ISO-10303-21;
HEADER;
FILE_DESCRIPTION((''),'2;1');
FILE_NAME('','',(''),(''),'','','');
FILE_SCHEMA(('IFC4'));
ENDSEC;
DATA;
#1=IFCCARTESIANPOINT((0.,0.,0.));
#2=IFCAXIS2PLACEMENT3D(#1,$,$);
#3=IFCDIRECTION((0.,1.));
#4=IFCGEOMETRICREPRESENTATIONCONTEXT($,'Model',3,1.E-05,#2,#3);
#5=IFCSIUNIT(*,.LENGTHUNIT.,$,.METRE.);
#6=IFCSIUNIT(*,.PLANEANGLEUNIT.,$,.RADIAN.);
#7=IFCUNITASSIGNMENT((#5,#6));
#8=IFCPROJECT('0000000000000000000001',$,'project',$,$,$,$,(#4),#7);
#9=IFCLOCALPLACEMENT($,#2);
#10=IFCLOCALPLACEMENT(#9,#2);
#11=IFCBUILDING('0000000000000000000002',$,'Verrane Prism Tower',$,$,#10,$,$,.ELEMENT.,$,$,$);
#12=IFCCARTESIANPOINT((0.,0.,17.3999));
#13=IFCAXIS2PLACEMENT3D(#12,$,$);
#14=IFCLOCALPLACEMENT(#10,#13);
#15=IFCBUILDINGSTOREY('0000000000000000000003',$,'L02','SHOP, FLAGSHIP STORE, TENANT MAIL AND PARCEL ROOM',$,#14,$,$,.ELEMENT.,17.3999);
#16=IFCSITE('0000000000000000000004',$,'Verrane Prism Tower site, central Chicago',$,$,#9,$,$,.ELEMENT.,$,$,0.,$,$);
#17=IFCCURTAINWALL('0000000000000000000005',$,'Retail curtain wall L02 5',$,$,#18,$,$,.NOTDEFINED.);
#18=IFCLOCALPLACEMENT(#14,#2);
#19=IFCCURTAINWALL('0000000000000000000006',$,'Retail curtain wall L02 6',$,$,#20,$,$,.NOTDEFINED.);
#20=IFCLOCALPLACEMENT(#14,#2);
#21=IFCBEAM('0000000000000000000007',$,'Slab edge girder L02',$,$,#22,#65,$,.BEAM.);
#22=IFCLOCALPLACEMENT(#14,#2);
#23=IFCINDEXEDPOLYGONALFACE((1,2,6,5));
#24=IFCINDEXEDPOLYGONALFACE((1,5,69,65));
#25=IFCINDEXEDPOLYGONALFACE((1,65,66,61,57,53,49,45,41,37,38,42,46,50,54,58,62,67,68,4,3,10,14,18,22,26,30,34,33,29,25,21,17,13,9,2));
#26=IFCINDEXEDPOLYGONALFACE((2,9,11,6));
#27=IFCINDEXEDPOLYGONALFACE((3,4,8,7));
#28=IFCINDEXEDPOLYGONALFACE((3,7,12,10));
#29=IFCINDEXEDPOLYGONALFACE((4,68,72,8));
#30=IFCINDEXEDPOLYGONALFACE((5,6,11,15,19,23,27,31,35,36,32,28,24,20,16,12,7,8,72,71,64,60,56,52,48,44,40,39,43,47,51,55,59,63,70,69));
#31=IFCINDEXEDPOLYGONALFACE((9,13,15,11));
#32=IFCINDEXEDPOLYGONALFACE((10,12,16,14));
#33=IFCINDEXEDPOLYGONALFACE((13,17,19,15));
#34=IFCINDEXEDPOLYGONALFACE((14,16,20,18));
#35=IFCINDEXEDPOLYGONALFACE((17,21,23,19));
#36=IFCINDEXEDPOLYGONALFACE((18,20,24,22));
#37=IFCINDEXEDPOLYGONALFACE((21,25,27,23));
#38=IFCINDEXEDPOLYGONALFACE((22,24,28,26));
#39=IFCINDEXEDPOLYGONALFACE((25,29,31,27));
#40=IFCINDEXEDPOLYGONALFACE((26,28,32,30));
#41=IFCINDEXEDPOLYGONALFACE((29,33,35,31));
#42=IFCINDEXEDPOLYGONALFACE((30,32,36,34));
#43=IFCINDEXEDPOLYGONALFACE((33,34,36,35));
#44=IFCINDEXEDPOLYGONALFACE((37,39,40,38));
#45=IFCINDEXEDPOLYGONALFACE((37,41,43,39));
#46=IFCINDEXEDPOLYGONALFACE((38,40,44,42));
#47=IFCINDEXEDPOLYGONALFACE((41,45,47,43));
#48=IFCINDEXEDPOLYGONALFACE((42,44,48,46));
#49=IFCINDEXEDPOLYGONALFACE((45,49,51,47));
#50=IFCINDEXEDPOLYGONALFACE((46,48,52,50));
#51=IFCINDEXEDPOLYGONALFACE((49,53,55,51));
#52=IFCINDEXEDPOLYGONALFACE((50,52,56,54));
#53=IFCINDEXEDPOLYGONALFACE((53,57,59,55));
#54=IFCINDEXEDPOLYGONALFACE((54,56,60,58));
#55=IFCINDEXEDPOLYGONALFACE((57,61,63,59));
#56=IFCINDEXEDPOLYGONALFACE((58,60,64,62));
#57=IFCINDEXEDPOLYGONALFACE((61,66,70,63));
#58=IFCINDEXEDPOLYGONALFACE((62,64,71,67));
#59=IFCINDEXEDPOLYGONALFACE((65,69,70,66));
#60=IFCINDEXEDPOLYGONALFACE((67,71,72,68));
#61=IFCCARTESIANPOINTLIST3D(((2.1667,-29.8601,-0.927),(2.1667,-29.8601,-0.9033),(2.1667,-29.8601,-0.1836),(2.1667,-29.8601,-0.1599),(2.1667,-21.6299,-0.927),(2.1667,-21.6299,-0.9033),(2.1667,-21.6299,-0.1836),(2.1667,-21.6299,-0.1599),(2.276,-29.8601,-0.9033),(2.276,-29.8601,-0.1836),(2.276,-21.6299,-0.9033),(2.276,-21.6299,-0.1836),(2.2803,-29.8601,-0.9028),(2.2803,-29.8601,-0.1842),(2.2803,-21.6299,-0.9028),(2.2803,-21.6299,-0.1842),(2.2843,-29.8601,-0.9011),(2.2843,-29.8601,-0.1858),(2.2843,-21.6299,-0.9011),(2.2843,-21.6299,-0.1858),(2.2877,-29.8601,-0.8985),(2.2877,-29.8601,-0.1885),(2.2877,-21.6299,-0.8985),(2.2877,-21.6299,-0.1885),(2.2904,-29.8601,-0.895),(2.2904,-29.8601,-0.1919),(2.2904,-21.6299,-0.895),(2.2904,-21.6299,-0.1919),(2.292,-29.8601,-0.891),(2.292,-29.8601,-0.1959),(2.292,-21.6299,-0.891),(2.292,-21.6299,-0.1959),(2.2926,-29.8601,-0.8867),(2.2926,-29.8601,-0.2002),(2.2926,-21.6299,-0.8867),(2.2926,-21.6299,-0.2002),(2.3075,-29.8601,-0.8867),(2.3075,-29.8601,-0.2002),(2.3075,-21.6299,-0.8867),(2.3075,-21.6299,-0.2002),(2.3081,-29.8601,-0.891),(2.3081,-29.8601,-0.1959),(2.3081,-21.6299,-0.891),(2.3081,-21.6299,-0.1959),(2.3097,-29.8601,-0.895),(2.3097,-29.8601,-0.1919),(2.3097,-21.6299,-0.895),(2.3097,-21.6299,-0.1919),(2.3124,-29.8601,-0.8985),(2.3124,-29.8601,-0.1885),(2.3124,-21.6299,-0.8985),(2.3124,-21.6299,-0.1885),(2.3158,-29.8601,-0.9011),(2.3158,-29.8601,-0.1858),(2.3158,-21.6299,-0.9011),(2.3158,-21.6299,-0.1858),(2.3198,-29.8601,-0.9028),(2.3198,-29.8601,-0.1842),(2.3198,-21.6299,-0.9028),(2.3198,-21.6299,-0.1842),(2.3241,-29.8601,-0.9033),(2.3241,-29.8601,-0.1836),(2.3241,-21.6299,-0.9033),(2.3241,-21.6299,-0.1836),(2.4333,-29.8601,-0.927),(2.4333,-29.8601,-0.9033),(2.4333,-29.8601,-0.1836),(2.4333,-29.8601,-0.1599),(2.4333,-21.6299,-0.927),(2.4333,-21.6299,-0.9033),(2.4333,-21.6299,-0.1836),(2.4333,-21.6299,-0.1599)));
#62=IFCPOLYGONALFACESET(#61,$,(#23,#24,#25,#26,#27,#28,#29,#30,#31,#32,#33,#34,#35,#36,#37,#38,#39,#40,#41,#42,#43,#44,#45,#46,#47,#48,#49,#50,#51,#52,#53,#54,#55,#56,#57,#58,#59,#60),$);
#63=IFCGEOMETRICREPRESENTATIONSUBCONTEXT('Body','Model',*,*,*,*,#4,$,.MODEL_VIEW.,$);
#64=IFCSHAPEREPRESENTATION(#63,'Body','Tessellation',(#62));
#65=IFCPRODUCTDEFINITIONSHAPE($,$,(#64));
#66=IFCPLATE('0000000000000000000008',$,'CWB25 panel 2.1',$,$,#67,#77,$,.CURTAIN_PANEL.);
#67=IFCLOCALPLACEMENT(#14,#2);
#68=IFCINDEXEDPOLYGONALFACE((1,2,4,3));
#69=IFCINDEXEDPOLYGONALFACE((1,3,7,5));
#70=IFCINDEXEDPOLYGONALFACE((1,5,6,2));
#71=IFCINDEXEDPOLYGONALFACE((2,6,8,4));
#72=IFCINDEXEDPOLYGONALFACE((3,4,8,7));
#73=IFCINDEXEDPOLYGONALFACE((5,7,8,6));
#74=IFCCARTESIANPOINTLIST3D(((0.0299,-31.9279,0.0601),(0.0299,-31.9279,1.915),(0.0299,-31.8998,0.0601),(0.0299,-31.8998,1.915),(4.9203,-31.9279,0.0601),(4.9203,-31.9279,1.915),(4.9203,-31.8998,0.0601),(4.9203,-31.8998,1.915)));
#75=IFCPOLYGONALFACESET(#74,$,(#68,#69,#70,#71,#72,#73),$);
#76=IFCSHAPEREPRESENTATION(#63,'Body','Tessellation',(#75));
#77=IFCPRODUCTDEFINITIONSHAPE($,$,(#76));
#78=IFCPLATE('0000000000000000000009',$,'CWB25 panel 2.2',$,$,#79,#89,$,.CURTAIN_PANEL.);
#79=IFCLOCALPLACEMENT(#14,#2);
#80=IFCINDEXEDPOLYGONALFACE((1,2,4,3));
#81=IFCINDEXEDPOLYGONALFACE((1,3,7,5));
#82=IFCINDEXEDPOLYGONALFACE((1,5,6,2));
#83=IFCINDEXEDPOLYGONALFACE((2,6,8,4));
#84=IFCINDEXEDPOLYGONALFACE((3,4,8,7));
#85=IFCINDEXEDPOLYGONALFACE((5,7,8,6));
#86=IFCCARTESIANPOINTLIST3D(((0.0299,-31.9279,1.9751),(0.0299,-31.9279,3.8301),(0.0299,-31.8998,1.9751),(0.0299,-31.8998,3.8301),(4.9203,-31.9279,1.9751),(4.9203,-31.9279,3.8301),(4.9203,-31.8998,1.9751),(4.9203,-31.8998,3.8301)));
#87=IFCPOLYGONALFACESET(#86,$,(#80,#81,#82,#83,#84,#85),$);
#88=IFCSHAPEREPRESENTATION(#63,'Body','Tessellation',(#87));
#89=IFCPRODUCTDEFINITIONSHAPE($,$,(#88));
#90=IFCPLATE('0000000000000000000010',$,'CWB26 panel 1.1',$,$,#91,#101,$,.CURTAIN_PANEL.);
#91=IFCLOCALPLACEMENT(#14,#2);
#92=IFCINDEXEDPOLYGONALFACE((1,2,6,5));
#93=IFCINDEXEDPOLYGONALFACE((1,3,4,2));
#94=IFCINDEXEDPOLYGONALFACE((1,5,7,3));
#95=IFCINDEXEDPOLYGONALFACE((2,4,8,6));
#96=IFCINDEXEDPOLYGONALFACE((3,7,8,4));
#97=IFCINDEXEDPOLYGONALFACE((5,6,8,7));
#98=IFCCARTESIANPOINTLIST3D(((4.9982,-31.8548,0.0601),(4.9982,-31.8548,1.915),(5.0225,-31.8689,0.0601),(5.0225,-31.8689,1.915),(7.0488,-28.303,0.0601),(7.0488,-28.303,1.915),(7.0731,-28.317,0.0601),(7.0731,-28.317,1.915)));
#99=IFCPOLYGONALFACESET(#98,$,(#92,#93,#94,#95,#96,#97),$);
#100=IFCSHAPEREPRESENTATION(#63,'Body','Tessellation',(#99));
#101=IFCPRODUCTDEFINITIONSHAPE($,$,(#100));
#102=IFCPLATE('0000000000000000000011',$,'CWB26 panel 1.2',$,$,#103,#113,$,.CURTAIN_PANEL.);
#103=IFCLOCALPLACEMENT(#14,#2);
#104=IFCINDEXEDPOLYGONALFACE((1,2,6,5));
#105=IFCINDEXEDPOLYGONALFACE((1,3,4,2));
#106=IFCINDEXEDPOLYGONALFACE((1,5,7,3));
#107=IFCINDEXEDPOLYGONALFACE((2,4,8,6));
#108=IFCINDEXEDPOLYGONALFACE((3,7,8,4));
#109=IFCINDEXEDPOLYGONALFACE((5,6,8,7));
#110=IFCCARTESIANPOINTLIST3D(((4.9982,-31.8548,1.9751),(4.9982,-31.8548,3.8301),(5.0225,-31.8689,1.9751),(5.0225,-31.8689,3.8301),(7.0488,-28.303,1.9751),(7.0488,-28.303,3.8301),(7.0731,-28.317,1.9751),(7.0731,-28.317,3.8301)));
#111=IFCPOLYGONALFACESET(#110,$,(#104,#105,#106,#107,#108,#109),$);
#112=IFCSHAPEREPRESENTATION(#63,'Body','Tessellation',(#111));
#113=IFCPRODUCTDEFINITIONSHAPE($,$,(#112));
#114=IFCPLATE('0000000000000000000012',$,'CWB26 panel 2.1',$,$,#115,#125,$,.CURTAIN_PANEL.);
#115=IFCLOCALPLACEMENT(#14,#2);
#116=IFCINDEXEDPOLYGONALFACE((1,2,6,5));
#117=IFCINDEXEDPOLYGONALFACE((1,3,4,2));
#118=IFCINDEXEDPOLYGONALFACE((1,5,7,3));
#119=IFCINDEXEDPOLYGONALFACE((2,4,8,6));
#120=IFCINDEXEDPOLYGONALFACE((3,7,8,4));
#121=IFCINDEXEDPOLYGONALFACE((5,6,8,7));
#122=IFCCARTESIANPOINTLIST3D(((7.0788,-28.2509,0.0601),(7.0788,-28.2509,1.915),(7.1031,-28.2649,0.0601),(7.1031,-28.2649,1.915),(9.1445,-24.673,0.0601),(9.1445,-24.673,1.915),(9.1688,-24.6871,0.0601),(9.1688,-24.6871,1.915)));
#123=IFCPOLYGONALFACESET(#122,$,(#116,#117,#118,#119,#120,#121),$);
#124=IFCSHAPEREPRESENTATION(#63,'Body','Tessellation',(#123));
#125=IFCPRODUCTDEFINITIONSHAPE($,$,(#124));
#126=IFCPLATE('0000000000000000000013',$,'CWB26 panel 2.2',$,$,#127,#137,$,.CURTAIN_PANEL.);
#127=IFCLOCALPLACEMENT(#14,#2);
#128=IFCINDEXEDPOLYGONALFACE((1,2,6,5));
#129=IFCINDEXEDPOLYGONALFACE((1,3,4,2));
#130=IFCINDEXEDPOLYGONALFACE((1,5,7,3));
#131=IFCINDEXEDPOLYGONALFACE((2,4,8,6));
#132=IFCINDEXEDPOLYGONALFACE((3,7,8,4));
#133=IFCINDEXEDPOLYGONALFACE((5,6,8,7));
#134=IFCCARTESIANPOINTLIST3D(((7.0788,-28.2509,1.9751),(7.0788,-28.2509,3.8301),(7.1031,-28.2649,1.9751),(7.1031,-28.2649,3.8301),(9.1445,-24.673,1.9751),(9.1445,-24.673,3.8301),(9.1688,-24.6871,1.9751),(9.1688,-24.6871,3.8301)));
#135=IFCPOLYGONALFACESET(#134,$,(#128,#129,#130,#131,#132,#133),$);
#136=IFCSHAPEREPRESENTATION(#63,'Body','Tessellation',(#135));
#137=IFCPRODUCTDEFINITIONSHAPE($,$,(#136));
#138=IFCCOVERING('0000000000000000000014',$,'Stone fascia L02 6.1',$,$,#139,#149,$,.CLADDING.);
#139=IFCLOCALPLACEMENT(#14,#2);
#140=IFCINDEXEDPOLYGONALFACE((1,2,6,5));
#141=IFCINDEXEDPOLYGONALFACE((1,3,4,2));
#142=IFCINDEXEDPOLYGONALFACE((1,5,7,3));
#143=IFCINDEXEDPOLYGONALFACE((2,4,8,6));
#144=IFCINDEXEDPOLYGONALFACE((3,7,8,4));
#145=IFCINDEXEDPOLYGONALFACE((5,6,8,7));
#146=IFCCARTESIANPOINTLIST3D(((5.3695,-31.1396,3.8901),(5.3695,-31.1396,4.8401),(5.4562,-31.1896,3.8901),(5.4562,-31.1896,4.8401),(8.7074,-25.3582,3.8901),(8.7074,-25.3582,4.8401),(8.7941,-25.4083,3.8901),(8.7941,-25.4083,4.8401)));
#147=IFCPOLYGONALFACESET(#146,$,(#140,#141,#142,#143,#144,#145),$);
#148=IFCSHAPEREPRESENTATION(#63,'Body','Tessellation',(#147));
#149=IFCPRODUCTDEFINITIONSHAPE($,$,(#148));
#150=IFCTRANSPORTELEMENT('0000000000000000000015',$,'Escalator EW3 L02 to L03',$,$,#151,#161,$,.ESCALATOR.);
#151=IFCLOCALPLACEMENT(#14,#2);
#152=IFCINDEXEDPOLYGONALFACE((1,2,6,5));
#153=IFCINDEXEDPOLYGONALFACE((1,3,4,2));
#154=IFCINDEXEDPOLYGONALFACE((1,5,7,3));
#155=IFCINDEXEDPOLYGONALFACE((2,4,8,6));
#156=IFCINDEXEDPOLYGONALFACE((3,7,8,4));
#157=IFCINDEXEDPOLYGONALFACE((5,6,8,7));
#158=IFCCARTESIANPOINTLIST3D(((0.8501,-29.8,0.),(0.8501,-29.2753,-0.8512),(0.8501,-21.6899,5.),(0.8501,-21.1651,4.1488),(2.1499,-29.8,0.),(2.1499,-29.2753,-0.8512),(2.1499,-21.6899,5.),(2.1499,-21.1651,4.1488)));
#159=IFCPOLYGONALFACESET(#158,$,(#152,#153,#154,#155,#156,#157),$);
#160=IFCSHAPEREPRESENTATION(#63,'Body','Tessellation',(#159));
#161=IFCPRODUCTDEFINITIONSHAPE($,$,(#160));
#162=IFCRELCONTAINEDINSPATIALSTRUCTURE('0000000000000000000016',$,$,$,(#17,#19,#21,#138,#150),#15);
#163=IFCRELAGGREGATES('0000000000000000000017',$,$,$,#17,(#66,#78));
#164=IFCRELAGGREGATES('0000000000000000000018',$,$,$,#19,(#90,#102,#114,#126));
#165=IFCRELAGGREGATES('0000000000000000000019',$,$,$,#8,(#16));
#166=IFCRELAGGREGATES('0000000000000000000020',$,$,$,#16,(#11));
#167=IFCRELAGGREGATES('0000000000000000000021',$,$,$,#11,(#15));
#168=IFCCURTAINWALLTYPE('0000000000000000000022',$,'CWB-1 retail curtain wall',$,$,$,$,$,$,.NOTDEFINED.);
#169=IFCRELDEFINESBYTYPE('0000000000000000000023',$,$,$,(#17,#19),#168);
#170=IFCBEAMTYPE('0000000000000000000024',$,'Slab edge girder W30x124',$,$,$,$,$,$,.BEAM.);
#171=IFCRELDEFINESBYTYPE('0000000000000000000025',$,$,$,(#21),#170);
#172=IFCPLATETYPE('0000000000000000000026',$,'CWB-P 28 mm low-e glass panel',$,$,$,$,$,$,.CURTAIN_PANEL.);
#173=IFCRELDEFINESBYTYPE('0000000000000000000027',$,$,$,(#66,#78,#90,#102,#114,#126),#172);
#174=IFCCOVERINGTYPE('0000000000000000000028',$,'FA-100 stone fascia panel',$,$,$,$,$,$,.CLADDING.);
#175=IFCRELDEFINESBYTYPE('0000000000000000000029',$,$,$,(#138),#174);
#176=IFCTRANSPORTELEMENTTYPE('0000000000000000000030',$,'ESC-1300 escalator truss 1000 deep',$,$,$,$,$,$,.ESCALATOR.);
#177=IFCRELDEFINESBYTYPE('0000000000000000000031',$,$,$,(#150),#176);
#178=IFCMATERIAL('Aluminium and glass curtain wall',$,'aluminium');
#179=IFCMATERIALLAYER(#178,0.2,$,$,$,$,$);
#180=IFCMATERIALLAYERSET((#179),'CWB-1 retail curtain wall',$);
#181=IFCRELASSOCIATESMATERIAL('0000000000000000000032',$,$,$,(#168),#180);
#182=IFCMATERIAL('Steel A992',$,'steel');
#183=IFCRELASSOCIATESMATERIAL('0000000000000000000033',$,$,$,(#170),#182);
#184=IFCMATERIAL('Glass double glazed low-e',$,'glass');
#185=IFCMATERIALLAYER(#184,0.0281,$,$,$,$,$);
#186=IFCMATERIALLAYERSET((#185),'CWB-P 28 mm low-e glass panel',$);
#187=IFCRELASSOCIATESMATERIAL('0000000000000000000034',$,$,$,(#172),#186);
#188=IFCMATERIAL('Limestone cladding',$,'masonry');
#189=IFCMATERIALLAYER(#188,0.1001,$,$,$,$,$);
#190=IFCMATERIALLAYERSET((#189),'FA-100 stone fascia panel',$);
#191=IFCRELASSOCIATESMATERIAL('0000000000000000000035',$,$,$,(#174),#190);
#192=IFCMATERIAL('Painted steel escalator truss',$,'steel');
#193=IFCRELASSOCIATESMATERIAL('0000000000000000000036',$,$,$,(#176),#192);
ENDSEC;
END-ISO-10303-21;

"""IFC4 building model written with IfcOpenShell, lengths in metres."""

from ifc_helpers import new_model, si_unit, direction, frame, origin, origin_2d, place, context, subcontext, project, spatial, polyline, rectangle, i_section, outline, extrude, material, layer, layer_set, material_profile, profile_set, type_object, element, aggregate, save


model = new_model("IFC4")

# Units and contexts
model_context = context("Model", 3, precision=1e-05, world=origin(), true_north=direction((0.0, 1.0)))
body_context = subcontext(model_context, "Body", "Model", "MODEL_VIEW")
ifc_project = project(units=[si_unit("LENGTHUNIT", "METRE"), si_unit("PLANEANGLEUNIT", "RADIAN")], contexts=[model_context])

# Site, building, storey
site_placement = place(None, origin())
site = spatial("IfcSite", under=ifc_project, at=site_placement, Name="Verrane Prism Tower site, central Chicago", CompositionType="ELEMENT", RefElevation=0.0)
building_placement = place(site_placement, origin())
building = spatial("IfcBuilding", under=site, at=building_placement, Name="Verrane Prism Tower", CompositionType="ELEMENT")
storey_placement = place(building_placement, frame((0.0, 0.0, 17.3999)))
storey = spatial("IfcBuildingStorey", under=building, at=storey_placement, Name="L02", Description="SHOP, FLAGSHIP STORE, TENANT MAIL AND PARCEL ROOM", CompositionType="ELEMENT", Elevation=17.3999)

# Curtain wall
ifc_material_1 = material(Name="Aluminium and glass curtain wall", Category="aluminium")
ifc_layer_1 = layer(ifc_material_1, 0.2)
ifc_layer_set_1 = layer_set([ifc_layer_1], Name="CWB-1 retail curtain wall")
curtain_wall_type = type_object("IfcCurtainWallType", Name="CWB-1 retail curtain wall", PredefinedType="NOTDEFINED", material=ifc_layer_set_1)
curtain_wall_1_placement = place(storey_placement, origin())
curtain_wall_1 = element("IfcCurtainWall", 1, at=curtain_wall_1_placement, inside=storey, type_object=curtain_wall_type, Name="Retail curtain wall L02 5", PredefinedType="NOTDEFINED")

# Curtain wall
curtain_wall_2_placement = place(storey_placement, origin())
curtain_wall_2 = element("IfcCurtainWall", 2, at=curtain_wall_2_placement, inside=storey, type_object=curtain_wall_type, Name="Retail curtain wall L02 6", PredefinedType="NOTDEFINED")

# Beam
ifc_material_2 = material(Name="Steel A992", Category="steel")
ifc_material_profile_1 = material_profile(ifc_material_2, i_section(OverallWidth=0.2666, OverallDepth=0.7671, WebThickness=0.0149, FlangeThickness=0.0237, FilletRadius=0.0166, at=origin_2d()), Name="W30x124")
ifc_profile_set_1 = profile_set([ifc_material_profile_1], Name="Steel A992")
beam_type_1 = type_object("IfcBeamType", Name="Slab edge girder W30x124", PredefinedType="BEAM", material=ifc_profile_set_1)
beam_1_placement = place(storey_placement, frame((2.3, -29.8601, -0.5435), z_axis=(0.0, 1.0, 0.0), x_axis=(-1.0, 0.0, 0.0)))
element("IfcBeam", 3, at=beam_1_placement, inside=storey, type_object=beam_type_1, Name="Slab edge girder L02", PredefinedType="BEAM", context=body_context, shape_type="SweptSolid", body=[
    extrude(i_section(OverallWidth=0.2666, OverallDepth=0.7671, WebThickness=0.0149, FlangeThickness=0.0237, FilletRadius=0.0166, at=origin_2d()), origin(), (0.0, 0.0, 1.0), 8.2302),
])

# Plates
ifc_material_3 = material(Name="Glass double glazed low-e", Category="glass")
ifc_layer_2 = layer(ifc_material_3, 0.0281)
ifc_layer_set_2 = layer_set([ifc_layer_2], Name="CWB-P 28 mm low-e glass panel")
plate_type = type_object("IfcPlateType", Name="CWB-P 28 mm low-e glass panel", PredefinedType="CURTAIN_PANEL", material=ifc_layer_set_2)
plate_1_placement = place(storey_placement, frame((2.4751, -31.9138, 0.0601), z_axis=(0.0, 0.0, 1.0), x_axis=(1.0, 0.0, 0.0)))
plate_1 = element("IfcPlate", 4, at=plate_1_placement, type_object=plate_type, Name="CWB25 panel 2.1", PredefinedType="CURTAIN_PANEL", context=body_context, shape_type="SweptSolid", body=[
    extrude(rectangle(XDim=4.8904, YDim=0.0281, at=origin_2d()), origin(), (0.0, 0.0, 1.0), 1.855),
])
plate_2_placement = place(storey_placement, frame((2.4751, -31.9138, 1.9751), z_axis=(0.0, 0.0, 1.0), x_axis=(1.0, 0.0, 0.0)))
plate_2 = element("IfcPlate", 5, at=plate_2_placement, type_object=plate_type, Name="CWB25 panel 2.2", PredefinedType="CURTAIN_PANEL", context=body_context, shape_type="SweptSolid", body=[
    extrude(rectangle(XDim=4.8904, YDim=0.0281, at=origin_2d()), origin(), (0.0, 0.0, 1.0), 1.855),
])
aggregate(curtain_wall_1, [plate_1, plate_2])
plate_3_placement = place(storey_placement, frame((6.0356, -30.0859, 0.0601), z_axis=(0.0, 0.0, 1.0), x_axis=(0.5, 0.866025, 0.0)))
plate_3 = element("IfcPlate", 6, at=plate_3_placement, type_object=plate_type, Name="CWB26 panel 1.1", PredefinedType="CURTAIN_PANEL", context=body_context, shape_type="SweptSolid", body=[
    extrude(rectangle(XDim=4.1013, YDim=0.0281, at=origin_2d()), origin(), (0.0, 0.0, 1.0), 1.855),
])
plate_4_placement = place(storey_placement, frame((6.0356, -30.0859, 1.9751), z_axis=(0.0, 0.0, 1.0), x_axis=(0.5, 0.866025, 0.0)))
plate_4 = element("IfcPlate", 7, at=plate_4_placement, type_object=plate_type, Name="CWB26 panel 1.2", PredefinedType="CURTAIN_PANEL", context=body_context, shape_type="SweptSolid", body=[
    extrude(rectangle(XDim=4.1013, YDim=0.0281, at=origin_2d()), origin(), (0.0, 0.0, 1.0), 1.855),
])
plate_5_placement = place(storey_placement, frame((8.1238, -26.469, 0.0601), z_axis=(0.0, 0.0, 1.0), x_axis=(0.5, 0.866025, 0.0)))
plate_5 = element("IfcPlate", 8, at=plate_5_placement, type_object=plate_type, Name="CWB26 panel 2.1", PredefinedType="CURTAIN_PANEL", context=body_context, shape_type="SweptSolid", body=[
    extrude(rectangle(XDim=4.1313, YDim=0.0281, at=origin_2d()), origin(), (0.0, 0.0, 1.0), 1.855),
])
plate_6_placement = place(storey_placement, frame((8.1238, -26.469, 1.9751), z_axis=(0.0, 0.0, 1.0), x_axis=(0.5, 0.866025, 0.0)))
plate_6 = element("IfcPlate", 9, at=plate_6_placement, type_object=plate_type, Name="CWB26 panel 2.2", PredefinedType="CURTAIN_PANEL", context=body_context, shape_type="SweptSolid", body=[
    extrude(rectangle(XDim=4.1313, YDim=0.0281, at=origin_2d()), origin(), (0.0, 0.0, 1.0), 1.855),
])
aggregate(curtain_wall_2, [plate_3, plate_4, plate_5, plate_6])

# Covering
ifc_material_4 = material(Name="Limestone cladding", Category="masonry")
ifc_layer_3 = layer(ifc_material_4, 0.1001)
ifc_layer_set_3 = layer_set([ifc_layer_3], Name="FA-100 stone fascia panel")
covering_type = type_object("IfcCoveringType", Name="FA-100 stone fascia panel", PredefinedType="CLADDING", material=ifc_layer_set_3)
covering_placement = place(storey_placement, frame((7.0818, -28.2739, 3.8901), z_axis=(0.0, 0.0, 1.0), x_axis=(0.5, 0.866025, 0.0)))
element("IfcCovering", 10, at=covering_placement, inside=storey, type_object=covering_type, Name="Stone fascia L02 6.1", PredefinedType="CLADDING", context=body_context, shape_type="SweptSolid", body=[
    extrude(rectangle(XDim=6.6758, YDim=0.1001, at=origin_2d()), origin(), (0.0, 0.0, 1.0), 0.95),
])

# Transport element
ifc_material_5 = material(Name="Painted steel escalator truss", Category="steel")
transport_element_type = type_object("IfcTransportElementType", Name="ESC-1300 escalator truss 1000 deep", PredefinedType="ESCALATOR", material=ifc_material_5)
transport_element_placement = place(storey_placement, frame((0.8501, -29.8, 0.0), z_axis=(0.0, -0.524795, 0.851229), x_axis=(0.0, 0.851229, 0.524795)))
element("IfcTransportElement", 11, at=transport_element_placement, inside=storey, type_object=transport_element_type, Name="Escalator EW3 L02 to L03", PredefinedType="ESCALATOR", context=body_context, shape_type="SweptSolid", body=[
    extrude(outline(polyline([(0.0, 0.0), (9.5275, 0.0), (9.5275, -1.2998), (0.0, -1.2998), (0.0, 0.0)])), origin(), (0.0, 0.0, -1.0), 1.0),
])

save(model, "model.ifc")
